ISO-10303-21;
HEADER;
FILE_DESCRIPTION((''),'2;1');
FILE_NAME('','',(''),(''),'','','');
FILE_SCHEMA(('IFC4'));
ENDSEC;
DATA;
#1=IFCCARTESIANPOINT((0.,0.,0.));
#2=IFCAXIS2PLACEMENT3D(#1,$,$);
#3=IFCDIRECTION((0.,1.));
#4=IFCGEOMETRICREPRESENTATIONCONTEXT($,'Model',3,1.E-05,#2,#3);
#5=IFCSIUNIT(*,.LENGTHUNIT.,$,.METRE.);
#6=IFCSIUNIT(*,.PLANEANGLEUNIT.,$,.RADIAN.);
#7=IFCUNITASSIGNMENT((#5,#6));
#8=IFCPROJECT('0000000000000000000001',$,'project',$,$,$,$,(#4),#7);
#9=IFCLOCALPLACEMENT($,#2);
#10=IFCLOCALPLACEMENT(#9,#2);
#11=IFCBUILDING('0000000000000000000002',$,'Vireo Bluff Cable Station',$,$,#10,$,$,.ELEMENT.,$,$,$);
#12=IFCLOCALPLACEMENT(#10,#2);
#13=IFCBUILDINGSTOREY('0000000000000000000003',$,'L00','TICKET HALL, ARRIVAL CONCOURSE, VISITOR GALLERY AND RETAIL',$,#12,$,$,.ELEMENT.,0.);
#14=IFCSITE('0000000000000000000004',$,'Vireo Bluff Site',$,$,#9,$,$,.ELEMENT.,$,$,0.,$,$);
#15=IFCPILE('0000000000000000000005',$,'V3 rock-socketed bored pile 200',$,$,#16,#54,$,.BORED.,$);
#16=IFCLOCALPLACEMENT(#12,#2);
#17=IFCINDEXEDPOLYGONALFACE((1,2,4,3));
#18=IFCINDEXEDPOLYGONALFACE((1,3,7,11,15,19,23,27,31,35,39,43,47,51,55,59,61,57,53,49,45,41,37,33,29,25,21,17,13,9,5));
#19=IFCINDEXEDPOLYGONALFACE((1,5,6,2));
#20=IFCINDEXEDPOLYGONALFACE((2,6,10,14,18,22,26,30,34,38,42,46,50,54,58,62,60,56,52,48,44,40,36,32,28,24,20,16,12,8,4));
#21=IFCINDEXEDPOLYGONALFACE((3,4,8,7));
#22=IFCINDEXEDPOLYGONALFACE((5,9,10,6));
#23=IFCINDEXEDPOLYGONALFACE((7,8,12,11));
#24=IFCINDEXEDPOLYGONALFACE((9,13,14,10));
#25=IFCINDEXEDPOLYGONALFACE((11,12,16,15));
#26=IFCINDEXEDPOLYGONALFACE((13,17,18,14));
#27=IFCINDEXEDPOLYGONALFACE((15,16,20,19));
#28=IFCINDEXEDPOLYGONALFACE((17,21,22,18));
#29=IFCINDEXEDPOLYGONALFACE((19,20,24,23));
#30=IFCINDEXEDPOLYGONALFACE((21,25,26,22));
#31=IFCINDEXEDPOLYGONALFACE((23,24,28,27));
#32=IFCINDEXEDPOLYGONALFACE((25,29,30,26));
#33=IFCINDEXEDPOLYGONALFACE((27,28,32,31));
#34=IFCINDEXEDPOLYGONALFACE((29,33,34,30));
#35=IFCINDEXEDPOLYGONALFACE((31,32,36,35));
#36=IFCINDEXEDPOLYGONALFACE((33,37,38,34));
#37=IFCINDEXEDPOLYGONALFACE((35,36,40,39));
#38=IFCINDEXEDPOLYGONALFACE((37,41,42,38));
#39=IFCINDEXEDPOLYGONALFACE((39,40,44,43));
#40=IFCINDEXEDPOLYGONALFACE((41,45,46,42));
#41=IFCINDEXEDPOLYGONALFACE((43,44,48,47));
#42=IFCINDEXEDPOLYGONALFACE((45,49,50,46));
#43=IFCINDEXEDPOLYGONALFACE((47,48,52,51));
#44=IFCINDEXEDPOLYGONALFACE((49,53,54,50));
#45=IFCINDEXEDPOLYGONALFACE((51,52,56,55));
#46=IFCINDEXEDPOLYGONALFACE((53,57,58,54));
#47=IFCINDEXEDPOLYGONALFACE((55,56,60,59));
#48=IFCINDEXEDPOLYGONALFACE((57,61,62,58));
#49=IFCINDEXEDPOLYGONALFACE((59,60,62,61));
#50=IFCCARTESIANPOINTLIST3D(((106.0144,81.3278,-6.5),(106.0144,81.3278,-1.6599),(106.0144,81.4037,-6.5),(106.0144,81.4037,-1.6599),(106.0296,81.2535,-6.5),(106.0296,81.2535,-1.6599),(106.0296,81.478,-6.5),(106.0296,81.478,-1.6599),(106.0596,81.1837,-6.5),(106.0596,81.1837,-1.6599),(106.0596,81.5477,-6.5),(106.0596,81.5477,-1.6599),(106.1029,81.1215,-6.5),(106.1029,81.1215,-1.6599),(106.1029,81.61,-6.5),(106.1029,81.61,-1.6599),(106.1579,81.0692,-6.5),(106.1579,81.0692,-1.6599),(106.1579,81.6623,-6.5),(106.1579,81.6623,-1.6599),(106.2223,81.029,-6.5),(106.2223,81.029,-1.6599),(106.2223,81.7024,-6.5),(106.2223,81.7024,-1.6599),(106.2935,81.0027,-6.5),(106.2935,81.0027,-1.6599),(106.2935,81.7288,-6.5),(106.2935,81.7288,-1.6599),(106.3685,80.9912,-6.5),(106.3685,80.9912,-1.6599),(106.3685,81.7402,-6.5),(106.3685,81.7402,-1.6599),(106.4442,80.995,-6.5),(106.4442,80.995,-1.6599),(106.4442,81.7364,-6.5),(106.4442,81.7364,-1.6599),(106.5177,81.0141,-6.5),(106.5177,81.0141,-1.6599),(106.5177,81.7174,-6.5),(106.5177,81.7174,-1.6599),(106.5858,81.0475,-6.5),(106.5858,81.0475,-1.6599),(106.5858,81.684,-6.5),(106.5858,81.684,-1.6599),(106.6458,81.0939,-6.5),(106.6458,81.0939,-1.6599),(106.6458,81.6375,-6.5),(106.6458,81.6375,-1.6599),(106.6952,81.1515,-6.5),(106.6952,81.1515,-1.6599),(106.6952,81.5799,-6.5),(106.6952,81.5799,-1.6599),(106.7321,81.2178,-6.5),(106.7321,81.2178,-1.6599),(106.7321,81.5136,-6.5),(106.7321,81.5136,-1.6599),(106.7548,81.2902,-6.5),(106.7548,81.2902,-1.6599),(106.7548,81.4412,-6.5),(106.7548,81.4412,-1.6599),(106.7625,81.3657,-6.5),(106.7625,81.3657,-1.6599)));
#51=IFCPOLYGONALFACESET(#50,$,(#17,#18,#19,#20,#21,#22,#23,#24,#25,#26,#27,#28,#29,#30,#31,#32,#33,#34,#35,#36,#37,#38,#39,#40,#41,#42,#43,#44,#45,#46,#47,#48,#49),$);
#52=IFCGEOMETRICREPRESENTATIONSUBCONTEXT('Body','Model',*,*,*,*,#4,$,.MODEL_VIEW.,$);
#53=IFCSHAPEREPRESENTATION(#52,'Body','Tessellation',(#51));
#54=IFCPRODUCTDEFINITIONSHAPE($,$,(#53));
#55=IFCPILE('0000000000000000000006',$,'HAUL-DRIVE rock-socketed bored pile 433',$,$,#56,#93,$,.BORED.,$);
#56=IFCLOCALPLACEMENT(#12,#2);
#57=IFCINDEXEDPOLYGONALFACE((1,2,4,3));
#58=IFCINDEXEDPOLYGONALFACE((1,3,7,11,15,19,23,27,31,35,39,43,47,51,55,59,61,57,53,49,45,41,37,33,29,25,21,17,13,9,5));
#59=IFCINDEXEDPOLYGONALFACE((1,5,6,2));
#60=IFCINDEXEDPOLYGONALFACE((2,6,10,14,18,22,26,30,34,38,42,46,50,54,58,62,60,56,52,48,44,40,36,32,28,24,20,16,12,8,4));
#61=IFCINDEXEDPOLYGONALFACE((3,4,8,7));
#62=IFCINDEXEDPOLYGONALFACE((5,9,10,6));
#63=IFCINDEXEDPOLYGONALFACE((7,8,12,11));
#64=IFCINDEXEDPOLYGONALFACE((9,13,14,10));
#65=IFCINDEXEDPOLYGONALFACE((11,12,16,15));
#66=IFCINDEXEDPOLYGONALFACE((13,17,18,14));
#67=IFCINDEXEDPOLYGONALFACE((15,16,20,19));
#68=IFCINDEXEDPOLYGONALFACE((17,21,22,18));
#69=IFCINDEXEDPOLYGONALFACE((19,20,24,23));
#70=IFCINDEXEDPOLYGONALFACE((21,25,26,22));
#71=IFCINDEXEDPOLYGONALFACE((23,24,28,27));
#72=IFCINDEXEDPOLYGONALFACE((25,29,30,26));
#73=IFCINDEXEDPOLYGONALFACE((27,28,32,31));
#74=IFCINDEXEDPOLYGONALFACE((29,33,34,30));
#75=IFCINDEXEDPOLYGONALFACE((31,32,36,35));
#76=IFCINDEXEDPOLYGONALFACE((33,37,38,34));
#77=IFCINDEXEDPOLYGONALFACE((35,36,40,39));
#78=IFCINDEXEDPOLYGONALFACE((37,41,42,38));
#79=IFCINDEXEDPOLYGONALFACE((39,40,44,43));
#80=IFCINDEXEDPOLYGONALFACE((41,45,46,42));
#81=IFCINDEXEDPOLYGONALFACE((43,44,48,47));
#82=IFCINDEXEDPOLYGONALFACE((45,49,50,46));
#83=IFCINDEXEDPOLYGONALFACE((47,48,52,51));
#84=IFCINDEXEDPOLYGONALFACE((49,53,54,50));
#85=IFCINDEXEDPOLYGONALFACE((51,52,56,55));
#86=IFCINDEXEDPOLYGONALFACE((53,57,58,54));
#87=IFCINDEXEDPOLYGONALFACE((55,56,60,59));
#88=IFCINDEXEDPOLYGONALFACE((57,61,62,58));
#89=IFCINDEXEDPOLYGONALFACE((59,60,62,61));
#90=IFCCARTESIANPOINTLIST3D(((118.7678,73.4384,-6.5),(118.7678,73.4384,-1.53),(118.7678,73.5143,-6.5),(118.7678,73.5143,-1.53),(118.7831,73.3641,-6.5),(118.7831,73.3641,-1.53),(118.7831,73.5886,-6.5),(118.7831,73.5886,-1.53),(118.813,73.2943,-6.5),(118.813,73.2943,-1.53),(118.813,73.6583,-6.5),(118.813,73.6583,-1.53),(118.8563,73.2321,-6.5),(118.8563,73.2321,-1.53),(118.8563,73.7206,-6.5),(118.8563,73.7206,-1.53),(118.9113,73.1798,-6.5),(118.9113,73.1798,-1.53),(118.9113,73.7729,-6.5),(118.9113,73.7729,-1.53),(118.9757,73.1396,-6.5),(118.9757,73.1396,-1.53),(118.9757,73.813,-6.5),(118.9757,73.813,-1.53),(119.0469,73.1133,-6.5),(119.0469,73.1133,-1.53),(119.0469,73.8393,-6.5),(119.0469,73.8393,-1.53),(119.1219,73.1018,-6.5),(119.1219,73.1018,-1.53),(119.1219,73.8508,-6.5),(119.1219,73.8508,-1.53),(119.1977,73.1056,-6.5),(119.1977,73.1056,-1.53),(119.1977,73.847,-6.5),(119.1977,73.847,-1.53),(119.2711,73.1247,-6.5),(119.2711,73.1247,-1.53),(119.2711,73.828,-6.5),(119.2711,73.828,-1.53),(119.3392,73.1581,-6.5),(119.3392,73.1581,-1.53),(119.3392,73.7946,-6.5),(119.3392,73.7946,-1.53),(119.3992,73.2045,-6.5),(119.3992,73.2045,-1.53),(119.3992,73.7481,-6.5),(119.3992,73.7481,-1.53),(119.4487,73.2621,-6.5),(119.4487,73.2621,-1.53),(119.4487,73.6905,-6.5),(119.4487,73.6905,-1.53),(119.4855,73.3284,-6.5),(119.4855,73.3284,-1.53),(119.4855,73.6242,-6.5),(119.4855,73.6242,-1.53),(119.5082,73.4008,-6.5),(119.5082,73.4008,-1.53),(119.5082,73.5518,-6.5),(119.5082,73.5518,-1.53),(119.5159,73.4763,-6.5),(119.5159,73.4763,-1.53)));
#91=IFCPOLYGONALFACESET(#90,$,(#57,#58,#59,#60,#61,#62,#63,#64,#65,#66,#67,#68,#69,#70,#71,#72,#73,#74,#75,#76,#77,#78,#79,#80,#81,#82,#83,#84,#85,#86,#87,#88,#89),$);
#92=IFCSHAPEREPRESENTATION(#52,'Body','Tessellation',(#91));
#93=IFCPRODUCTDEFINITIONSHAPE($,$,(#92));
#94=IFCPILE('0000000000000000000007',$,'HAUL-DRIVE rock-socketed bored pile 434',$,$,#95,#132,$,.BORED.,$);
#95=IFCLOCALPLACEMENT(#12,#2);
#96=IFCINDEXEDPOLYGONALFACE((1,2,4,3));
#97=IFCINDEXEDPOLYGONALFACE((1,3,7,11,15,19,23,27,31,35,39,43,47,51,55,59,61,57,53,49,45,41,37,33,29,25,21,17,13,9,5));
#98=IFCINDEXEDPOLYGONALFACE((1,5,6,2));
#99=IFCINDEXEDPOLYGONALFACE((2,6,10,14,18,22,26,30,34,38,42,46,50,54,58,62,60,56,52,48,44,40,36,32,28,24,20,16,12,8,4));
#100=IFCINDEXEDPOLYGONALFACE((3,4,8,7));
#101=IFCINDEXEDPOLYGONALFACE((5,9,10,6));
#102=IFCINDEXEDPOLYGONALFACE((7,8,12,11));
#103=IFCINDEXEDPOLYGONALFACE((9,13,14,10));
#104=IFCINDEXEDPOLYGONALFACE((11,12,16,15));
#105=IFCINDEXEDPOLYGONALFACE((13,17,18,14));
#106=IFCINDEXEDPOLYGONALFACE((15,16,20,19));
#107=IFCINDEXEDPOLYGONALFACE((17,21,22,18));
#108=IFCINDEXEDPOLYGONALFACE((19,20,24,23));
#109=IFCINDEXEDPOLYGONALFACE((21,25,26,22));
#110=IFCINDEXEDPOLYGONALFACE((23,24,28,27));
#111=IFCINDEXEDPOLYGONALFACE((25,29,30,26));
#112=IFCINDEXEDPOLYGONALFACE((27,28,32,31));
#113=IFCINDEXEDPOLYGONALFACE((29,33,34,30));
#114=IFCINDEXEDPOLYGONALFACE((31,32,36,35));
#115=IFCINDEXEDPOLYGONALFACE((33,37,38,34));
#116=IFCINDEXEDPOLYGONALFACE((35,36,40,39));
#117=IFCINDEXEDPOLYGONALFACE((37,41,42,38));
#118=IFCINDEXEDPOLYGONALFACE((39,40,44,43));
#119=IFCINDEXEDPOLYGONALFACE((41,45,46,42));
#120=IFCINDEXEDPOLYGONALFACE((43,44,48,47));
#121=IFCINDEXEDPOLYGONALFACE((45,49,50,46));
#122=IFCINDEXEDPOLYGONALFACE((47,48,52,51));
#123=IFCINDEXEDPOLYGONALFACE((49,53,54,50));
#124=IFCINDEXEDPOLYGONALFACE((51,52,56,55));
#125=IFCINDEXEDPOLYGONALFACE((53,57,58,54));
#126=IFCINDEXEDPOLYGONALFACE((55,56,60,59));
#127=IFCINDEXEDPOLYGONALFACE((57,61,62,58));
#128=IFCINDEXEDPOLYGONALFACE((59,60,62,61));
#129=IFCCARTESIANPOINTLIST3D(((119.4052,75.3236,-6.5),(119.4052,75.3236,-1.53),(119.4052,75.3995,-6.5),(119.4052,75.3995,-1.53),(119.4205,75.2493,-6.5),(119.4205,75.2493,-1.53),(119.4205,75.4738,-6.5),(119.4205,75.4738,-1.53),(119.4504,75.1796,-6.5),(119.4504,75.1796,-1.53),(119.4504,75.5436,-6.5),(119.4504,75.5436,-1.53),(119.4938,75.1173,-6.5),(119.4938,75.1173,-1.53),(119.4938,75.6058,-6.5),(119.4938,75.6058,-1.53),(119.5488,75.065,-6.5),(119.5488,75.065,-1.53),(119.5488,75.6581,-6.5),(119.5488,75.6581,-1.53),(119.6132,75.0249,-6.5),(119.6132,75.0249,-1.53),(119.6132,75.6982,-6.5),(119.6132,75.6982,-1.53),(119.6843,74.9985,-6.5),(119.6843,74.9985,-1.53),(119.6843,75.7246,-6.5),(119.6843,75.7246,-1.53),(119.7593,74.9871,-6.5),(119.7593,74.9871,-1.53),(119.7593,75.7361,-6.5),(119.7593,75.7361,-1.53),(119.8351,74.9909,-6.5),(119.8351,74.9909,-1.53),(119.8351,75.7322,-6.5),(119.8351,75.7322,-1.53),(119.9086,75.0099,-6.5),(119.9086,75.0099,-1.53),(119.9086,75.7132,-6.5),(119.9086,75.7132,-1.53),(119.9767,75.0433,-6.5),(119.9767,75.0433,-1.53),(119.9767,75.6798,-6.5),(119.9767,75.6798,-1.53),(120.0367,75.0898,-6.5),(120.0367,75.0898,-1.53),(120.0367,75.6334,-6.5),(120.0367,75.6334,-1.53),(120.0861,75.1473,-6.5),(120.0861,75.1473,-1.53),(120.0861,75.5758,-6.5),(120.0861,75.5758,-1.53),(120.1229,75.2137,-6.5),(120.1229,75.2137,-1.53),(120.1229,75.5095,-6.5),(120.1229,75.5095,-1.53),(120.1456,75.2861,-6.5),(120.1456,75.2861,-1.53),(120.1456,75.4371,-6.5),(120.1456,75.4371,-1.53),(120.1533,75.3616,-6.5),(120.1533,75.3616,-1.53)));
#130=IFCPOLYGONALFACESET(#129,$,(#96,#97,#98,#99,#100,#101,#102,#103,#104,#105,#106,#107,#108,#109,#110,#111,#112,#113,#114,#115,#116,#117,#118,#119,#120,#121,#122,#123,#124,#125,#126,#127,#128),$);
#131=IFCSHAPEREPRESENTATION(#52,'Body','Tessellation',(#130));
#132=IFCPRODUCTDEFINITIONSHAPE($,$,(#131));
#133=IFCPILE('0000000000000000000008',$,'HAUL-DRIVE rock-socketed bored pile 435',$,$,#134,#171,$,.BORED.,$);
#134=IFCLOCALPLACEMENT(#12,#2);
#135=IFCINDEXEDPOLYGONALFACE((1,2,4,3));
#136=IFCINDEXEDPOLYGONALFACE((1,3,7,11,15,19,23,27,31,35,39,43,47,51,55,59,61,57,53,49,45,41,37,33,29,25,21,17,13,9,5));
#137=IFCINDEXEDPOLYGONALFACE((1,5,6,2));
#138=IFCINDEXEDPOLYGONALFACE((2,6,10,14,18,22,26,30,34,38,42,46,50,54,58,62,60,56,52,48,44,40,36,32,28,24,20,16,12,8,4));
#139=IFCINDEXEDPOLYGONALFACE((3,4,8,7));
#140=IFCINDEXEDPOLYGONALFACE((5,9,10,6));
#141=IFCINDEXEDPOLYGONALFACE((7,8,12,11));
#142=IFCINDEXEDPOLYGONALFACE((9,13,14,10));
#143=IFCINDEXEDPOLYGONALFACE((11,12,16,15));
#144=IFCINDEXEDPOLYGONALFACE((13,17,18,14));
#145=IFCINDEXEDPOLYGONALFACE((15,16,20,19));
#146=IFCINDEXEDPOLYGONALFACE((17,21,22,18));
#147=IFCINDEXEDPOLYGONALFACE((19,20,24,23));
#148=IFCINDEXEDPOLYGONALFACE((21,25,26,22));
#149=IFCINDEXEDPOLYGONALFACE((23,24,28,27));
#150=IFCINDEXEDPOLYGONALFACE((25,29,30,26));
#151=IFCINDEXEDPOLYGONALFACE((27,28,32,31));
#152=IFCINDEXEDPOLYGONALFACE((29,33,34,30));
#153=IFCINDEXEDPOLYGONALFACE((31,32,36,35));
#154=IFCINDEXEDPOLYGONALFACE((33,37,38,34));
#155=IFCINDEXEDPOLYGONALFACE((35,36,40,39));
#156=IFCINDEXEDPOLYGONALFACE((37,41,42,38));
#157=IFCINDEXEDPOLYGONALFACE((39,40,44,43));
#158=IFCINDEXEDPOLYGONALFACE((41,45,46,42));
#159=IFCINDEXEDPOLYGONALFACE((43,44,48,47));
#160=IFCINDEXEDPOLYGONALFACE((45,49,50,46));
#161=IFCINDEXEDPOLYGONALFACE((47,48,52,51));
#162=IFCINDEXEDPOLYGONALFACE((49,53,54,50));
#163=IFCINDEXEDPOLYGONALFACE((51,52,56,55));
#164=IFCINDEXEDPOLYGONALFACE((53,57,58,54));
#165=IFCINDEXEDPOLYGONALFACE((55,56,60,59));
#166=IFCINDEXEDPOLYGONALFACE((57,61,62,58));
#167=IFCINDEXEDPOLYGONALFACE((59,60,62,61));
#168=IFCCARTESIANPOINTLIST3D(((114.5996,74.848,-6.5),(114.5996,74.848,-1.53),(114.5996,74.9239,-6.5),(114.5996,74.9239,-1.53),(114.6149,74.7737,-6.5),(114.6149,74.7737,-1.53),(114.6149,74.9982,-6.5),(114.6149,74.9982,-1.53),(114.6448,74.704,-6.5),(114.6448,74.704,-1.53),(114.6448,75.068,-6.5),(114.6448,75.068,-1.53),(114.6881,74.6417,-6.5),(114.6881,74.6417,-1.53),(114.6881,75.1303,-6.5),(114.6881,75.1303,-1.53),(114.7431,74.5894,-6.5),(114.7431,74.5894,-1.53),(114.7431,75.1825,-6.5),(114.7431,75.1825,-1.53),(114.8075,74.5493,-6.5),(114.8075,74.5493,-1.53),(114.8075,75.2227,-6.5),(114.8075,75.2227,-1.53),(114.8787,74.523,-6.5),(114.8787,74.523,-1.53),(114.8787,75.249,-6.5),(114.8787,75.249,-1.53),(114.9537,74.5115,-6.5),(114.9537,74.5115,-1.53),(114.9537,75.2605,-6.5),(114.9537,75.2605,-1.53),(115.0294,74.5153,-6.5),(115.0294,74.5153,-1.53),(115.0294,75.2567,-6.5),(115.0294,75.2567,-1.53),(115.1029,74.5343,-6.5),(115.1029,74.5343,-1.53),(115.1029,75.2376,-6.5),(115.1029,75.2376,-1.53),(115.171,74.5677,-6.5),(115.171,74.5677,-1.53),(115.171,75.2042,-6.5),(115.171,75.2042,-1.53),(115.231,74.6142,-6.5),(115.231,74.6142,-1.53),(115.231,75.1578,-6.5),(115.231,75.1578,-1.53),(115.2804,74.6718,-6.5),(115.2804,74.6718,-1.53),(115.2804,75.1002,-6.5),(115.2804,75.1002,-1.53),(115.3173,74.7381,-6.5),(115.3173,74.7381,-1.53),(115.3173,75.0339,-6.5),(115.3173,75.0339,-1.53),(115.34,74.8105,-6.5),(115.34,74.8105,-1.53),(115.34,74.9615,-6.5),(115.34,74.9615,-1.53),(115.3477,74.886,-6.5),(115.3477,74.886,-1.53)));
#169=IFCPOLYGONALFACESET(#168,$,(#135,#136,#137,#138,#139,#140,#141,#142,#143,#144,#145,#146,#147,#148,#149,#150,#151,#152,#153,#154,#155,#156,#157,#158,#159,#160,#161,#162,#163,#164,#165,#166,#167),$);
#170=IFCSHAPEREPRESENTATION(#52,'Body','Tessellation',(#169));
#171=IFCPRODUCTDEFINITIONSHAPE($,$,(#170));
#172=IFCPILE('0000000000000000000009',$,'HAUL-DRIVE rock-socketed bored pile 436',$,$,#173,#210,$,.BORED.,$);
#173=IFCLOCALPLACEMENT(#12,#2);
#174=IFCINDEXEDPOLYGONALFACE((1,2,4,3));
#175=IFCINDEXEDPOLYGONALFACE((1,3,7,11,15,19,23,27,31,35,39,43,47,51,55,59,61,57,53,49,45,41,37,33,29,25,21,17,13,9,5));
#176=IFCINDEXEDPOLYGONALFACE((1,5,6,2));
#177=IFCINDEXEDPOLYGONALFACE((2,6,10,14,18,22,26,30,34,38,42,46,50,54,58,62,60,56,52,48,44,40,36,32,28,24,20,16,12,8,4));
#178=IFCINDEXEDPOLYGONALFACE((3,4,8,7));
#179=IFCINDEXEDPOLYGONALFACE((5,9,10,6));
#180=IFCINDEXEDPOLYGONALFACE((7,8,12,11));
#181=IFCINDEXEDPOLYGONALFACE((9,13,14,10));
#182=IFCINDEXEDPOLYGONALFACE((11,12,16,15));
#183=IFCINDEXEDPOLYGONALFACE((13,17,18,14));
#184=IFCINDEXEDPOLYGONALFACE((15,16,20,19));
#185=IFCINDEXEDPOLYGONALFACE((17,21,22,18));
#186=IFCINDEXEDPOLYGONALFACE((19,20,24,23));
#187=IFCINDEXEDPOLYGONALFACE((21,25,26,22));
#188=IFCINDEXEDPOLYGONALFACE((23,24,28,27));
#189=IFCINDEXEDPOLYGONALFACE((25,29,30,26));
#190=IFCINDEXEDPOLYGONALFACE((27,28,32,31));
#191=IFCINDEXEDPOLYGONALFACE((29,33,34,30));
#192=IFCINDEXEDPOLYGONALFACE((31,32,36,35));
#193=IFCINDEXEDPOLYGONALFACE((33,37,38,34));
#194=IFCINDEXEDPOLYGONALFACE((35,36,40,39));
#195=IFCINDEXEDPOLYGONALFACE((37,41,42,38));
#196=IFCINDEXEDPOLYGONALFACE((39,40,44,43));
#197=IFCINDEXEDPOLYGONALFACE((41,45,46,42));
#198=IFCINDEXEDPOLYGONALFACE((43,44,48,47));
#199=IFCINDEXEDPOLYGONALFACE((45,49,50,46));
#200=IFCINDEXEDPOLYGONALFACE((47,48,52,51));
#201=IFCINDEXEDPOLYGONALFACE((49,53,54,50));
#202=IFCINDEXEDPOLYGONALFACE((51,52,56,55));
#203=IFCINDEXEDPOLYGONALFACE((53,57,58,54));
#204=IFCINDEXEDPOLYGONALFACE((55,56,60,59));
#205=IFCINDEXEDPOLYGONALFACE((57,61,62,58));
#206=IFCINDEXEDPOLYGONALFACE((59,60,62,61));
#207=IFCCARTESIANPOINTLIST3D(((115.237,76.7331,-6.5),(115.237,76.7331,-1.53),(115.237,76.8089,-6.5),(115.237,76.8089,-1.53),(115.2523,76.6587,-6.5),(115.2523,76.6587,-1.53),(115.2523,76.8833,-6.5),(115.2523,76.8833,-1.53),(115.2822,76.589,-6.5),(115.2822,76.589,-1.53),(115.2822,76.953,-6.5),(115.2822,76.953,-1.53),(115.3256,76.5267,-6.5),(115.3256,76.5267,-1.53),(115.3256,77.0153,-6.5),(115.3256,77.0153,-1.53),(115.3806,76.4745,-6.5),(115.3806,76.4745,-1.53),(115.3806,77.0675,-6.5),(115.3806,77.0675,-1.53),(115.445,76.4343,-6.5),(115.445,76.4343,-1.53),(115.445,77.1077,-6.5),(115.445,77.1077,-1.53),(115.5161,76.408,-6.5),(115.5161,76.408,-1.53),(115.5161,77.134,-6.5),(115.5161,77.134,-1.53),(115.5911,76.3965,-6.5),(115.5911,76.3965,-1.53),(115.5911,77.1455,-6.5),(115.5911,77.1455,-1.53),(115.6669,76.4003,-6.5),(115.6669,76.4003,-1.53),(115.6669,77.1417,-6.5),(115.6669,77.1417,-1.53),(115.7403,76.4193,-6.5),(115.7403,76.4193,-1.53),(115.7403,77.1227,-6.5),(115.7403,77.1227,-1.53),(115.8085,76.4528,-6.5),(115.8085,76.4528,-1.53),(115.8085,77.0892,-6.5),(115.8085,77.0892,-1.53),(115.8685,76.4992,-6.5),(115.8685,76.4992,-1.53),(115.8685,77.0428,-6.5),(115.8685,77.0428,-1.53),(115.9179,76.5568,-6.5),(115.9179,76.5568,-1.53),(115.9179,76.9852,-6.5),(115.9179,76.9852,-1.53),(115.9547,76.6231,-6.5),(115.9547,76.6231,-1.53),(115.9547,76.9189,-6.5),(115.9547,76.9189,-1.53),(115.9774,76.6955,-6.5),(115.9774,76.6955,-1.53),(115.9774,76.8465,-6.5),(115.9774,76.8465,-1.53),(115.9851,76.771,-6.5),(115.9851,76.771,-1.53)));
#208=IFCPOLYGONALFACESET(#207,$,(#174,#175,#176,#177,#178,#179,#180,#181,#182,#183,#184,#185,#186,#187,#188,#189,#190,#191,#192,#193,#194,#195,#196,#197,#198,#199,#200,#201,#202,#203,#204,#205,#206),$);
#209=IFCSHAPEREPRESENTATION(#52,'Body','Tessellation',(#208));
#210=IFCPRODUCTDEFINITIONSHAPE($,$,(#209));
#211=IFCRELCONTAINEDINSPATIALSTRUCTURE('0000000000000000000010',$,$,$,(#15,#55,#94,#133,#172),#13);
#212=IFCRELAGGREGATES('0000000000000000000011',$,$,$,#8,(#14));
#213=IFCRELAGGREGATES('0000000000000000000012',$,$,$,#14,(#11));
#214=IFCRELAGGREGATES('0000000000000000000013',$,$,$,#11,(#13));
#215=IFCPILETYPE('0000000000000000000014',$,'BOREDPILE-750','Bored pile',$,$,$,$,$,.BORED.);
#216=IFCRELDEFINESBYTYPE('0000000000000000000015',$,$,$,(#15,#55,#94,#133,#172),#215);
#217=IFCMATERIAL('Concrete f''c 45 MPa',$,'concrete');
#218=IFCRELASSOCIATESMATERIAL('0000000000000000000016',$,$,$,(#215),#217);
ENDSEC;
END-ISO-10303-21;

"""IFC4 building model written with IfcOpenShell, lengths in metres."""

from ifc_helpers import new_model, si_unit, direction, frame, origin, origin_2d, place, context, subcontext, project, spatial, circle, extrude, material, material_profile, profile_set, type_object, element, save


model = new_model("IFC4")

# Units and contexts
model_context = context("Model", 3, precision=1e-05, world=origin(), true_north=direction((0.0, 1.0)))
body_context = subcontext(model_context, "Body", "Model", "MODEL_VIEW")
ifc_project = project(units=[si_unit("LENGTHUNIT", "METRE"), si_unit("PLANEANGLEUNIT", "RADIAN")], contexts=[model_context])

# Site, building, storey
site_placement = place(None, origin())
site = spatial("IfcSite", under=ifc_project, at=site_placement, Name="Vireo Bluff Site", CompositionType="ELEMENT", RefElevation=0.0)
building_placement = place(site_placement, origin())
building = spatial("IfcBuilding", under=site, at=building_placement, Name="Vireo Bluff Cable Station", CompositionType="ELEMENT")
storey_placement = place(building_placement, origin())
storey = spatial("IfcBuildingStorey", under=building, at=storey_placement, Name="L00", Description="TICKET HALL, ARRIVAL CONCOURSE, VISITOR GALLERY AND RETAIL", CompositionType="ELEMENT", Elevation=0.0)

# Piles
ifc_material_1 = material(Name="Concrete f'c 45 MPa", Category="concrete")
ifc_material_profile_1 = material_profile(ifc_material_1, circle(Radius=0.375, at=origin_2d()), Name="BOREDPILE-750")
ifc_profile_set_1 = profile_set([ifc_material_profile_1], Name="Concrete f'c 45 MPa")
pile_type_1 = type_object("IfcPileType", Name="BOREDPILE-750", Description="Bored pile", PredefinedType="BORED", material=ifc_profile_set_1)
for number, where, z_axis, x_axis, name in (
    (1, (106.3875, 81.3657, -1.6599), (0.0, 0.0, -1.0), (1.0, 0.0, 0.0), "V3 rock-socketed bored pile 200"),
):
    element("IfcPile", number, at=place(storey_placement, frame(where, z_axis=z_axis, x_axis=x_axis)), inside=storey, type_object=pile_type_1, Name=name, PredefinedType="BORED", context=body_context, shape_type="SweptSolid", body=[
        extrude(circle(Radius=0.375, at=origin_2d()), origin(), (0.0, 0.0, 1.0), 4.8401),
    ])
for number, where, z_axis, x_axis, name in (
    (2, (119.1409, 73.4763, -1.53), (0.0, 0.0, -1.0), (1.0, 0.0, 0.0), "HAUL-DRIVE rock-socketed bored pile 433"),
    (3, (119.7783, 75.3616, -1.53), (0.0, 0.0, -1.0), (1.0, 0.0, 0.0), "HAUL-DRIVE rock-socketed bored pile 434"),
    (4, (114.9727, 74.886, -1.53), (0.0, 0.0, -1.0), (1.0, 0.0, 0.0), "HAUL-DRIVE rock-socketed bored pile 435"),
    (5, (115.6101, 76.771, -1.53), (0.0, 0.0, -1.0), (1.0, 0.0, 0.0), "HAUL-DRIVE rock-socketed bored pile 436"),
):
    element("IfcPile", number, at=place(storey_placement, frame(where, z_axis=z_axis, x_axis=x_axis)), inside=storey, type_object=pile_type_1, Name=name, PredefinedType="BORED", context=body_context, shape_type="SweptSolid", body=[
        extrude(circle(Radius=0.375, at=origin_2d()), origin(), (0.0, 0.0, 1.0), 4.97),
    ])

save(model, "model.ifc")
